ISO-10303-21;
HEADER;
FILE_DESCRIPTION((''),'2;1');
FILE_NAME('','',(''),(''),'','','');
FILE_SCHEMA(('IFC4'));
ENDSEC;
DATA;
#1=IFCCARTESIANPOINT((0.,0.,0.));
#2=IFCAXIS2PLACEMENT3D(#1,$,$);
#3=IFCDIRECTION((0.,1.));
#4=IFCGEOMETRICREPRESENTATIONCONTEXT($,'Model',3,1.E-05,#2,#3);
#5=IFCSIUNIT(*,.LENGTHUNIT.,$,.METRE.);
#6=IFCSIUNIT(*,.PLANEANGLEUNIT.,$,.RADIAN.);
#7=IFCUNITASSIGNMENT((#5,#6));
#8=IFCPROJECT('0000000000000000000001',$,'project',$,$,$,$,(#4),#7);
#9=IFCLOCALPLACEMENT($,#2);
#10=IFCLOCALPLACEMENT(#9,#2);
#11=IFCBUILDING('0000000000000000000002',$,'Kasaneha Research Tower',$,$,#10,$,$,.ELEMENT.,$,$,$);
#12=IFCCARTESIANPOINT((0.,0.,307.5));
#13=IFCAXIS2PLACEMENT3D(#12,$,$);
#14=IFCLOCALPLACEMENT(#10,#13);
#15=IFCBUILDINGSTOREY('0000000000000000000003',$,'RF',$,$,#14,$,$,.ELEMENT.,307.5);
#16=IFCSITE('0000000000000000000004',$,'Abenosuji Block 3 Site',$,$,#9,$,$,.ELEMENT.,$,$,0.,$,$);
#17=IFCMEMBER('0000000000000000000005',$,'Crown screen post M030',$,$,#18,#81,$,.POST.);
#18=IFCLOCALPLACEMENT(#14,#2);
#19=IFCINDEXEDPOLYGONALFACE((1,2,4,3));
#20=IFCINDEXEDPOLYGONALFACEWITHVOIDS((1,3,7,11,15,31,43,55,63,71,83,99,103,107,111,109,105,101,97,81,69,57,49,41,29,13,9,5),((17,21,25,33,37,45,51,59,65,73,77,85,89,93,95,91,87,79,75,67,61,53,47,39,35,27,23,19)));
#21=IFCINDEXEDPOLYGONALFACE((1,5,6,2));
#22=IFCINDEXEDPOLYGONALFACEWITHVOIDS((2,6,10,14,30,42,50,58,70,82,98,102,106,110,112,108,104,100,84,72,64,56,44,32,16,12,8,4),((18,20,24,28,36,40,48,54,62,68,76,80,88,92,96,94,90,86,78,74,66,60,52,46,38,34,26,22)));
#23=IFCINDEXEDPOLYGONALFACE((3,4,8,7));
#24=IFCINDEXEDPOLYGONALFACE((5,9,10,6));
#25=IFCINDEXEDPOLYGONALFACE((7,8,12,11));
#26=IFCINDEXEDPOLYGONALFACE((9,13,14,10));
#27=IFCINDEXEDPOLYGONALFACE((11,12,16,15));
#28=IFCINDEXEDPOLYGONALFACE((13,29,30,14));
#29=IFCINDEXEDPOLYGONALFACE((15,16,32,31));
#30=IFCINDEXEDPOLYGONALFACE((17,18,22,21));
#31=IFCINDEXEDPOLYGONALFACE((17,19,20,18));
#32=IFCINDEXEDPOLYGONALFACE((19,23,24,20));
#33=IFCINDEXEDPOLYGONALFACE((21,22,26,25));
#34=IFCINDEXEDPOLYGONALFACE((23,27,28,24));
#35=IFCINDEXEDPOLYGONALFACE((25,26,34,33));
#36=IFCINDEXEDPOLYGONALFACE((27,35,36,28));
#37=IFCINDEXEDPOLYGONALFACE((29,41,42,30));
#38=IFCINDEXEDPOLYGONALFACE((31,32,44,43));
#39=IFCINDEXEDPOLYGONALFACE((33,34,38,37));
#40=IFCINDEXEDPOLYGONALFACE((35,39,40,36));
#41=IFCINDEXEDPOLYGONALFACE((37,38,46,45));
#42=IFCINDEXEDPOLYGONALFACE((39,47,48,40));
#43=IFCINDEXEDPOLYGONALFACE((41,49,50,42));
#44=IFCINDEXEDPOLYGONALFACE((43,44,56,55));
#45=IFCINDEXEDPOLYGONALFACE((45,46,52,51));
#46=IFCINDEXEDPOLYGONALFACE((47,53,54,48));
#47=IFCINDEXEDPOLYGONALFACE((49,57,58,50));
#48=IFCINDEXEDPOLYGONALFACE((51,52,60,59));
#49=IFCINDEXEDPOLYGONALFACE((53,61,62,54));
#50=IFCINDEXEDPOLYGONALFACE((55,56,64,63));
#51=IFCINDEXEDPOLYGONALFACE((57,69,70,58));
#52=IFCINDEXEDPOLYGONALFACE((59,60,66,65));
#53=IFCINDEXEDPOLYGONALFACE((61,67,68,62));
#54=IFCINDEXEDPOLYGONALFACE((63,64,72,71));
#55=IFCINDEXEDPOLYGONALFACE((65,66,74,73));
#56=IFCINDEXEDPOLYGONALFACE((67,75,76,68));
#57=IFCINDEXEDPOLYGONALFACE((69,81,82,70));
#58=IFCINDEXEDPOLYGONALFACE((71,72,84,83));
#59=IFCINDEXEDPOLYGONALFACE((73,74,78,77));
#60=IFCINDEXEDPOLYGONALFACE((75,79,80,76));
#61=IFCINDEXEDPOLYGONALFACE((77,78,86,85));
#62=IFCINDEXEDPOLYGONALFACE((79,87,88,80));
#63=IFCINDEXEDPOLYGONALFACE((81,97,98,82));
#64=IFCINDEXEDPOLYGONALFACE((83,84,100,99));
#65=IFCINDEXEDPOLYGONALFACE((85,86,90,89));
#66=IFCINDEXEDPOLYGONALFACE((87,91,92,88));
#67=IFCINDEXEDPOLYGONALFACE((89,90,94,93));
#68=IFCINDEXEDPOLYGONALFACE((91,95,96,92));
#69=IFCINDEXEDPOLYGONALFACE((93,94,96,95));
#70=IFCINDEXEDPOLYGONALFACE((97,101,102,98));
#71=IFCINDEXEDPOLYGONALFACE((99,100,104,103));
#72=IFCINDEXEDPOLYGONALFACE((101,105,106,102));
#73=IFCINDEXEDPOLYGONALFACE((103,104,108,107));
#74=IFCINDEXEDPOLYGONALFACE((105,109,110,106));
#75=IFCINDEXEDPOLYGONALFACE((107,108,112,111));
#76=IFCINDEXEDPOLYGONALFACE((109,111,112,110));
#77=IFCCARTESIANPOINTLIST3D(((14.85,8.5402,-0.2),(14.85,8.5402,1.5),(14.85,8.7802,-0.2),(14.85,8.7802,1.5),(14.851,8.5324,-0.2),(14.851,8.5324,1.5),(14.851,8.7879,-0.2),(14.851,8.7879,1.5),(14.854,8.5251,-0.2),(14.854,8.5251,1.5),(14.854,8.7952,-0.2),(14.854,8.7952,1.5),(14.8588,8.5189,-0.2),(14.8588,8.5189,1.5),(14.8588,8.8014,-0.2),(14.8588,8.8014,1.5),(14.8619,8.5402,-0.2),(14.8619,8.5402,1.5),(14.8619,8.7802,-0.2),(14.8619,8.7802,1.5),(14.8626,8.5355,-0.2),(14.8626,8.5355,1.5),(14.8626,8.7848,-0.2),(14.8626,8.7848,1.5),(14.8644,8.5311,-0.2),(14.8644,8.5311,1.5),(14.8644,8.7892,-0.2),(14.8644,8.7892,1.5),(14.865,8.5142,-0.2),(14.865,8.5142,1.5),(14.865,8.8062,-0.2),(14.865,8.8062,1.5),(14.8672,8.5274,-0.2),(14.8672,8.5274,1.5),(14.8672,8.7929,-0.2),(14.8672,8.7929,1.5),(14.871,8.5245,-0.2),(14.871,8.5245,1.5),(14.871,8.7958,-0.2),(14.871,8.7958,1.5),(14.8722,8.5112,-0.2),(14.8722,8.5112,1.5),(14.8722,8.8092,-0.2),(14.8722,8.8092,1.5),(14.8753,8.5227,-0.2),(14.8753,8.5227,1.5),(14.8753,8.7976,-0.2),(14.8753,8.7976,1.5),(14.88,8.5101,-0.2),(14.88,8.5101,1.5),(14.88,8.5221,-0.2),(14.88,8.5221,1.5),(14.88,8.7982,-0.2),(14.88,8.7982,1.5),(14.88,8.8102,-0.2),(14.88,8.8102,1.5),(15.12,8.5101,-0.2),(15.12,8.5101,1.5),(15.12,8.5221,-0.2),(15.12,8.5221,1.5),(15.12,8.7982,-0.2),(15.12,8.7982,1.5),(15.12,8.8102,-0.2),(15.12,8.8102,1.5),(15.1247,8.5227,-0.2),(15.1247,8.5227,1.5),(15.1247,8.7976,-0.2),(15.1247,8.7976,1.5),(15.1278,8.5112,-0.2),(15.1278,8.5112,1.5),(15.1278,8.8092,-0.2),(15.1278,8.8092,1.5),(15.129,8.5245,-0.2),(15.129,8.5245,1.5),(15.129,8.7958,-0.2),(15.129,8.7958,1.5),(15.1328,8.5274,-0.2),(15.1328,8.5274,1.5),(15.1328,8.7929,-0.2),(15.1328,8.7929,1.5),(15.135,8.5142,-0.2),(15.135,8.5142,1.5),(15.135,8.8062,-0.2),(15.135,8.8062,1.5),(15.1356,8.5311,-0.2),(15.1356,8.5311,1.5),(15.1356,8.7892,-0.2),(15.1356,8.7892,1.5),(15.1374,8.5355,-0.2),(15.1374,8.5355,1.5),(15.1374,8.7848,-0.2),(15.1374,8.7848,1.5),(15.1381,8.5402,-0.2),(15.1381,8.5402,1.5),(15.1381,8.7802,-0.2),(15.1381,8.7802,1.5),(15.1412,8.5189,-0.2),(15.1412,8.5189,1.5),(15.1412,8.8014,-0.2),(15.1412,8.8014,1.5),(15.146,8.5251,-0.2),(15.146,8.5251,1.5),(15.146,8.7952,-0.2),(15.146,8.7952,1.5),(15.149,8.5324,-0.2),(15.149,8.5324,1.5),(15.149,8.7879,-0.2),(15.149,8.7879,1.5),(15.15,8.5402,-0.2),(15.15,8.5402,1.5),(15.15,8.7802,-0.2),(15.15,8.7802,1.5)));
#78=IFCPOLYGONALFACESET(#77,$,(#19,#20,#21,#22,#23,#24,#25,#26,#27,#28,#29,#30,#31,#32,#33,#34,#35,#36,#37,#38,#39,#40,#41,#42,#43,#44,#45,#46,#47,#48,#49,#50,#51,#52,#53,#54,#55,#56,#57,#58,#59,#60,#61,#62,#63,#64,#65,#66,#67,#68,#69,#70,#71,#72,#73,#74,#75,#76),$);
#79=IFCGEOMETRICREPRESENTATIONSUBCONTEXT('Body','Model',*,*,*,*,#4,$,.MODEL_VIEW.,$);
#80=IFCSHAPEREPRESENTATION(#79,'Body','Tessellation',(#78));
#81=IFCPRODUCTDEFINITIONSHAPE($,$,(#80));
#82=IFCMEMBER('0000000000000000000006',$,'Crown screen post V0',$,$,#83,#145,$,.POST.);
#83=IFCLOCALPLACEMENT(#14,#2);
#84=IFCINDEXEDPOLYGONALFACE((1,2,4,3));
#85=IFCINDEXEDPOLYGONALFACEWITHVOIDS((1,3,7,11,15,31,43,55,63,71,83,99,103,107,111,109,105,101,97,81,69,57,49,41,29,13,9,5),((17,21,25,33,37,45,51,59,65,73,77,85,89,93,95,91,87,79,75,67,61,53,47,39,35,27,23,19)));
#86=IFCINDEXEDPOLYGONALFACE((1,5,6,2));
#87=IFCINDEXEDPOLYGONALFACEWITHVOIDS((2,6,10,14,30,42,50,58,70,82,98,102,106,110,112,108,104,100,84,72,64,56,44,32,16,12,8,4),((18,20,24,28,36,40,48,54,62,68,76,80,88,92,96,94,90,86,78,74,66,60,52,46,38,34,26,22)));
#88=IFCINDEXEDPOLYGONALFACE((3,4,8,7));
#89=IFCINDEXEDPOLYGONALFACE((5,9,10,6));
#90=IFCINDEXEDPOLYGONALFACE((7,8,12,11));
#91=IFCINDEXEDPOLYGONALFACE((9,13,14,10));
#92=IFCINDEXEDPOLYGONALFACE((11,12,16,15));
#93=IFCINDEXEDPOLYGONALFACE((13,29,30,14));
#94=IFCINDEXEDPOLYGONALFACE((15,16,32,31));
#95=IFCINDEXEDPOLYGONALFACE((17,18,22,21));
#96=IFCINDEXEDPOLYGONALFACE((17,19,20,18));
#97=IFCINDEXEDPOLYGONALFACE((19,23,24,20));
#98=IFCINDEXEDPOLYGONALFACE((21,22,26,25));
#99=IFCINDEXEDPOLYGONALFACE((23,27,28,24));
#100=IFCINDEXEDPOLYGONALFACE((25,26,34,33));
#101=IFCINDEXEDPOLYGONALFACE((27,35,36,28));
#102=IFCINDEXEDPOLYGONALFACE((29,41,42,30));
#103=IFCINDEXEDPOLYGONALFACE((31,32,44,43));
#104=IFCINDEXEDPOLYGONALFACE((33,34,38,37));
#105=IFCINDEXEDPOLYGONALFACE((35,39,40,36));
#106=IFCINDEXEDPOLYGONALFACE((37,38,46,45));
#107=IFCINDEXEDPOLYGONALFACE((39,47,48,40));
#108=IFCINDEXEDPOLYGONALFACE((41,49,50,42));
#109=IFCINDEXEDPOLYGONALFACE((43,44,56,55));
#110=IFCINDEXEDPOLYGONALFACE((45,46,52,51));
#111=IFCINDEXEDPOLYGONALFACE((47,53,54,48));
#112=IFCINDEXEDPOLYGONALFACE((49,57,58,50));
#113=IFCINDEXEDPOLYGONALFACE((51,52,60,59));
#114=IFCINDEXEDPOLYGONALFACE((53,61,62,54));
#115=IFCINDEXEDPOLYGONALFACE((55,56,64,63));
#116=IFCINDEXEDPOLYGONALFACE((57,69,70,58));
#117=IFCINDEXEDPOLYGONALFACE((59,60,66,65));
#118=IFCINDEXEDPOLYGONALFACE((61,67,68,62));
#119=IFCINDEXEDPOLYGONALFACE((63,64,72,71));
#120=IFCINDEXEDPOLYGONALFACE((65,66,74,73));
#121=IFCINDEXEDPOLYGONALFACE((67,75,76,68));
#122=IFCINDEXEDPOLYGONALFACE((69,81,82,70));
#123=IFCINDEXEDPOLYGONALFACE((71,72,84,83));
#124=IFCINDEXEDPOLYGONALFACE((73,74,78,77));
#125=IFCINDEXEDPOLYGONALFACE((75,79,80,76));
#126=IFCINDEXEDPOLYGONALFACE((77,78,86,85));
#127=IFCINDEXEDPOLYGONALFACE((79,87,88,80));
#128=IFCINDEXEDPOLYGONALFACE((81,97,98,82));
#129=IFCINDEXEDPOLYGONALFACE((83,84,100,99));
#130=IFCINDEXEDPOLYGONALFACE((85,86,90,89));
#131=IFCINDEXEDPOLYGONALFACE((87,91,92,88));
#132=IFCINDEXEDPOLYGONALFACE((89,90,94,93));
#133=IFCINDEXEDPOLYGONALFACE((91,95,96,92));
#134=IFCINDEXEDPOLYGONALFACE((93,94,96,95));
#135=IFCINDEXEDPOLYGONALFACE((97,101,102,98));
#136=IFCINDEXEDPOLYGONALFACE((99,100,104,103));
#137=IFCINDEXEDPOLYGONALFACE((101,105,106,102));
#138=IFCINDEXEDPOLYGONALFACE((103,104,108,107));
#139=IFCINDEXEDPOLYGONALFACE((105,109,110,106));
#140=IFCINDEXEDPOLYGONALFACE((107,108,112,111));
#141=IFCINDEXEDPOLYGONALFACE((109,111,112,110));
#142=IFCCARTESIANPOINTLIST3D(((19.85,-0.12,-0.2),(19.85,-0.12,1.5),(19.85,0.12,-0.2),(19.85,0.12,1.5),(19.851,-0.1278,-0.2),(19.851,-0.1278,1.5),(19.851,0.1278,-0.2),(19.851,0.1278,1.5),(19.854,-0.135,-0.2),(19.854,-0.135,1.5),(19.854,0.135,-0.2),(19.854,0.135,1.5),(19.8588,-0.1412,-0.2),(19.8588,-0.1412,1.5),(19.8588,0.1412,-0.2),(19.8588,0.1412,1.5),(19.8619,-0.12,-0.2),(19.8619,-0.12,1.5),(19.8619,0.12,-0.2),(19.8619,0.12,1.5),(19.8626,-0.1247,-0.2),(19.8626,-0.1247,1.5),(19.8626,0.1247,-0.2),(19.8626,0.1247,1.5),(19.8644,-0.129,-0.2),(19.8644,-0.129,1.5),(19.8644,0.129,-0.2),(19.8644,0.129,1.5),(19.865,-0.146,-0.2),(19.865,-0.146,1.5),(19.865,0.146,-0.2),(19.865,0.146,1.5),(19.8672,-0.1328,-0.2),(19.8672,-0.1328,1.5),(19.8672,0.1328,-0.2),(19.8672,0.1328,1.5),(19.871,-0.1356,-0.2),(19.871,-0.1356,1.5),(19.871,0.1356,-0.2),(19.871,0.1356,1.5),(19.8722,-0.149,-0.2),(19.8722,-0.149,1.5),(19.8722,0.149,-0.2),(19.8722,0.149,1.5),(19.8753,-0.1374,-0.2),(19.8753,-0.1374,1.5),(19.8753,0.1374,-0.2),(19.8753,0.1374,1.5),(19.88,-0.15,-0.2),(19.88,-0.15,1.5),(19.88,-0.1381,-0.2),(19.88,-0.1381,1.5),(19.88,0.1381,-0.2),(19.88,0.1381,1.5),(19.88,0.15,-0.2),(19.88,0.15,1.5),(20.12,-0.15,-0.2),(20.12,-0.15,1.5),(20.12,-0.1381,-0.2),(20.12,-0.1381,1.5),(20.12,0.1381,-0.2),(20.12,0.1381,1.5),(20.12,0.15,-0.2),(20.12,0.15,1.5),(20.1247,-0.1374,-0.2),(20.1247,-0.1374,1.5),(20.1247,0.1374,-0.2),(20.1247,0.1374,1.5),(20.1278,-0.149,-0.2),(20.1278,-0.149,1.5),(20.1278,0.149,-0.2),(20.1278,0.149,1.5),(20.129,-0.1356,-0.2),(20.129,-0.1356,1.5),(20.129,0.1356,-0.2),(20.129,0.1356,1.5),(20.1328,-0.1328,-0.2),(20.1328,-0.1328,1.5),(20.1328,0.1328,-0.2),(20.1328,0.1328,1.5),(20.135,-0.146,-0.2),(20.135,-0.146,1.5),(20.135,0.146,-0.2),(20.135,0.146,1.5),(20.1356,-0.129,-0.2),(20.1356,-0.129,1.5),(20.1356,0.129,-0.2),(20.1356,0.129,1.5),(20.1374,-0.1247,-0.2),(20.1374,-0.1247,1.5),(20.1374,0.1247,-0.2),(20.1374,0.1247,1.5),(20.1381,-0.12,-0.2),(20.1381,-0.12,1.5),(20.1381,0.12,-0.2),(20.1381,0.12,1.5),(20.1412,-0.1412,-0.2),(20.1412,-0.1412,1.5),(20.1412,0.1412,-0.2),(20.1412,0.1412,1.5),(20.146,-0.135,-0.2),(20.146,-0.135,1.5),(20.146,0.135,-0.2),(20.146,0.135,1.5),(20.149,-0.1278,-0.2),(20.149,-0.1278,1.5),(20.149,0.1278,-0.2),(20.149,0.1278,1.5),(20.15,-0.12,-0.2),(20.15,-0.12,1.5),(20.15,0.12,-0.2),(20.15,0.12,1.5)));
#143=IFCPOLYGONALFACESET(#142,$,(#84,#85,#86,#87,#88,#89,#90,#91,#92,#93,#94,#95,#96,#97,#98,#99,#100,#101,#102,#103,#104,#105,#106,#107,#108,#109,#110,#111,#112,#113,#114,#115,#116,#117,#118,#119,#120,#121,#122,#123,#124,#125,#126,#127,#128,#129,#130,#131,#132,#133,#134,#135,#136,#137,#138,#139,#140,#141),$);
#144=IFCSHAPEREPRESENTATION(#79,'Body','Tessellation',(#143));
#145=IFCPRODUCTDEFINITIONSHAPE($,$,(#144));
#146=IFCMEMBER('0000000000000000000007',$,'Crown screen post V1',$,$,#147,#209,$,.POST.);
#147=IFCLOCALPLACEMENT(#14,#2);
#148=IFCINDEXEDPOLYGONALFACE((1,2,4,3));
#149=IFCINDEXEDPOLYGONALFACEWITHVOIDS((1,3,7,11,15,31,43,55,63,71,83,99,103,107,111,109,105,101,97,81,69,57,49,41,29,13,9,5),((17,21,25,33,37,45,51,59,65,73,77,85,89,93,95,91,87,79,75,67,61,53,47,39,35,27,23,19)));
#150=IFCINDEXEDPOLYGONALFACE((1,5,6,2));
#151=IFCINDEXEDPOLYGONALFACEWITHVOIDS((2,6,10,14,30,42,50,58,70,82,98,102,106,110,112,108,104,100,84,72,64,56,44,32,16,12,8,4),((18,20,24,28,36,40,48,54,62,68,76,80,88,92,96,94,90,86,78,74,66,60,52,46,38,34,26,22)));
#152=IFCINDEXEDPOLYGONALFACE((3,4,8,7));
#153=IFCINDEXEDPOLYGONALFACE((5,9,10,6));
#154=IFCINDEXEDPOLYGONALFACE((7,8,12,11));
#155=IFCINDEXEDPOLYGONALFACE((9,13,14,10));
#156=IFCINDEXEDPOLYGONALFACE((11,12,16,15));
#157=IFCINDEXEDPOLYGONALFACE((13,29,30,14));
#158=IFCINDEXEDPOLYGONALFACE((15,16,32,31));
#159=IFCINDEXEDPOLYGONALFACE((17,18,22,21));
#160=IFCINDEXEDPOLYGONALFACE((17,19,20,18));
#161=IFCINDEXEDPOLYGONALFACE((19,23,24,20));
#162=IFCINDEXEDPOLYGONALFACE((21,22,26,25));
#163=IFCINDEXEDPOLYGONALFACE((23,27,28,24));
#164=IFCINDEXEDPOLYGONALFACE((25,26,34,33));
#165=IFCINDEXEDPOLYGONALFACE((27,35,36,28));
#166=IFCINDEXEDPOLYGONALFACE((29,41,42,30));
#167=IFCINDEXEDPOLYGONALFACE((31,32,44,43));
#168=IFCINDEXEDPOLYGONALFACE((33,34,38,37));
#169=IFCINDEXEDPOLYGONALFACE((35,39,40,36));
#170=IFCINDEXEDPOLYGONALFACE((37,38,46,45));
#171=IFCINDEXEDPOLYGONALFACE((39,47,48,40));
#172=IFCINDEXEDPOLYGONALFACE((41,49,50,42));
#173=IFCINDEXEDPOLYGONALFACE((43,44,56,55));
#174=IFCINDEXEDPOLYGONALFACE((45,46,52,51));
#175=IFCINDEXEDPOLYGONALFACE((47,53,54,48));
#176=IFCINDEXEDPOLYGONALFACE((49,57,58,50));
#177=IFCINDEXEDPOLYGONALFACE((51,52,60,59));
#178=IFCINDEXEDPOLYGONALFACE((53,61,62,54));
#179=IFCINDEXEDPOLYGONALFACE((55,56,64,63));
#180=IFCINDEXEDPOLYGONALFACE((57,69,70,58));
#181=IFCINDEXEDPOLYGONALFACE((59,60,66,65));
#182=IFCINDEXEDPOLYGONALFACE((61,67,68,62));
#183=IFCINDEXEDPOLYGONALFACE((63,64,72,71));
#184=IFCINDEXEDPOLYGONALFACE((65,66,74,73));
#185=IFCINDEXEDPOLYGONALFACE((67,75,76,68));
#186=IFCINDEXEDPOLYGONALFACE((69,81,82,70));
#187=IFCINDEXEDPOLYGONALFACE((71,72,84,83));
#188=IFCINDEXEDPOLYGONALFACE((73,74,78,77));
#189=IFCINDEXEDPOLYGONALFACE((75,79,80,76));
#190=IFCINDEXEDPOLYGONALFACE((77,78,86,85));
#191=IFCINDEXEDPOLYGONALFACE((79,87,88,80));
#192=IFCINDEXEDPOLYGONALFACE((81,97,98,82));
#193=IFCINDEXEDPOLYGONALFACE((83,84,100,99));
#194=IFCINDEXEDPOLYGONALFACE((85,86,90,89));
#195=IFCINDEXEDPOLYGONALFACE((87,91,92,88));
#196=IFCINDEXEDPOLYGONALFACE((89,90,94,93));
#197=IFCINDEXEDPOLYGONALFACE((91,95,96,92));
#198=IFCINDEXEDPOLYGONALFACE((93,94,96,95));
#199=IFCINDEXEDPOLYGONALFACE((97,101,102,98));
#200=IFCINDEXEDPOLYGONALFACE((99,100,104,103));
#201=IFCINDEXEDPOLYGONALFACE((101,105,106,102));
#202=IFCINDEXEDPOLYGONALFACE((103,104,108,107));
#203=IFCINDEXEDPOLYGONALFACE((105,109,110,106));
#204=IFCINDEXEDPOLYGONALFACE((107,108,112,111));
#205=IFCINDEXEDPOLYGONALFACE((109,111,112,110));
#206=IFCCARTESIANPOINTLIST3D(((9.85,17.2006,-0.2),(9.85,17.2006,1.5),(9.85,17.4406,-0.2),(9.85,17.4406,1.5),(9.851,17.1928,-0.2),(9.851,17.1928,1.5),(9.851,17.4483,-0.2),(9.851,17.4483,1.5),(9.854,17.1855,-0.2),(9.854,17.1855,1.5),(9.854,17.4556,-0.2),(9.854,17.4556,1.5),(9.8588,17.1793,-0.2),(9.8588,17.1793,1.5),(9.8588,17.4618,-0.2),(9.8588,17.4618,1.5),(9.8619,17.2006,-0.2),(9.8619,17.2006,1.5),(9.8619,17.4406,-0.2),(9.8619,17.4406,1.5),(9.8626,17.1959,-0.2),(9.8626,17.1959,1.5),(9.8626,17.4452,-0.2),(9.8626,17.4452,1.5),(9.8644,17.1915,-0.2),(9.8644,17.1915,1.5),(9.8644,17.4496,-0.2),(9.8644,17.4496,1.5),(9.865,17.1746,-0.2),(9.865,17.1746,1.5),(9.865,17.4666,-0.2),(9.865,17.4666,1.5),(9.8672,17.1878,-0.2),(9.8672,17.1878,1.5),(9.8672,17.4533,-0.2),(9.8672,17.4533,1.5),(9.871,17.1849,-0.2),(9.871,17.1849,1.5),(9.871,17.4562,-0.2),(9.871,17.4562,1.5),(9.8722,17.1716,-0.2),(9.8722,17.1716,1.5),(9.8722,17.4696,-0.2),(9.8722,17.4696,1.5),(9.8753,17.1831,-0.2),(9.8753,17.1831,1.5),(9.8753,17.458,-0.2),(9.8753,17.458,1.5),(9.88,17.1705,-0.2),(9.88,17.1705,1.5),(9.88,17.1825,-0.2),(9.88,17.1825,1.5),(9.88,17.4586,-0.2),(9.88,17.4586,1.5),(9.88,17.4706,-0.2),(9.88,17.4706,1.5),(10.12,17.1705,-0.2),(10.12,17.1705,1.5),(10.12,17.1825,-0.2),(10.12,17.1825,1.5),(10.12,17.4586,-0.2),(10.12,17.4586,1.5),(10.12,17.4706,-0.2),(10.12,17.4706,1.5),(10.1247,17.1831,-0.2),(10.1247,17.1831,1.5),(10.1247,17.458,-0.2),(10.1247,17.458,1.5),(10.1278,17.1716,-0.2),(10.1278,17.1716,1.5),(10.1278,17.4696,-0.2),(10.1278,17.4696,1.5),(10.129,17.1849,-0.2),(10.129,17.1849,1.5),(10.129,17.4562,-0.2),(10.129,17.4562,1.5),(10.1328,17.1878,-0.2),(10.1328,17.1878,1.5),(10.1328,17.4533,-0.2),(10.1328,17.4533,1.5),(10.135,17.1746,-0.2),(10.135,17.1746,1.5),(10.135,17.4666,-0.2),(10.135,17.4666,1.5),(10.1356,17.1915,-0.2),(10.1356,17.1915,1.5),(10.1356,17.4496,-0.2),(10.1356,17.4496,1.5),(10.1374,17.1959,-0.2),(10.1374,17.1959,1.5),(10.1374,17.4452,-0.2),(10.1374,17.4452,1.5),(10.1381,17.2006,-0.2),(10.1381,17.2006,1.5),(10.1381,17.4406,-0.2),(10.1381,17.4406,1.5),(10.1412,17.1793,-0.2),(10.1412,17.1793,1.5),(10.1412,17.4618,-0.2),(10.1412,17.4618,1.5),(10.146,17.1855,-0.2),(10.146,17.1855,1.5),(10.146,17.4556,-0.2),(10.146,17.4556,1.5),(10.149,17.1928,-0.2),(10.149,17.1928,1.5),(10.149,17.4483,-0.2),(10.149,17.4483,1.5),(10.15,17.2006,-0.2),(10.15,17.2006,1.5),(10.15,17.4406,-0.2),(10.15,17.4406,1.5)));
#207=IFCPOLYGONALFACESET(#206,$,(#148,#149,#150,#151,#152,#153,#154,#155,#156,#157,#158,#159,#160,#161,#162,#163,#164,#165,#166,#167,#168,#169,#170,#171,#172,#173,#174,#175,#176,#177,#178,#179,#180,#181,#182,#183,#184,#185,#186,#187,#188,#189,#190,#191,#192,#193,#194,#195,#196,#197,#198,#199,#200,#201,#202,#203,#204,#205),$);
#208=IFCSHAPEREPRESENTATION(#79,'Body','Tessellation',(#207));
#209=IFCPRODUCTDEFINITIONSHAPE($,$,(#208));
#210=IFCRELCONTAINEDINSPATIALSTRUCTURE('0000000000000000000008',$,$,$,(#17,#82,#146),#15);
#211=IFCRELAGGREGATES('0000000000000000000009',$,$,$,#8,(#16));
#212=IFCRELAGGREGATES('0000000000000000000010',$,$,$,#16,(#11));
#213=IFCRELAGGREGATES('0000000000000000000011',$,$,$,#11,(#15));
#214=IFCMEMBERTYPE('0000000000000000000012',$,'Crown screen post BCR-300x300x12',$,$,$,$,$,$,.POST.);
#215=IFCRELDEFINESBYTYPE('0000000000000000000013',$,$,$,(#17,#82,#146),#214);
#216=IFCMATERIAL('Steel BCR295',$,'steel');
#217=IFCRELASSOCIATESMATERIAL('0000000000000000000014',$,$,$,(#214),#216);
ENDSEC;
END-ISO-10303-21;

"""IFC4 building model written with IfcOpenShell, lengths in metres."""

from ifc_helpers import new_model, si_unit, direction, frame, origin, origin_2d, place, context, subcontext, project, spatial, hollow_rectangle, extrude, material, material_profile, profile_set, type_object, element, save


model = new_model("IFC4")

# Units and contexts
model_context = context("Model", 3, precision=1e-05, world=origin(), true_north=direction((0.0, 1.0)))
body_context = subcontext(model_context, "Body", "Model", "MODEL_VIEW")
ifc_project = project(units=[si_unit("LENGTHUNIT", "METRE"), si_unit("PLANEANGLEUNIT", "RADIAN")], contexts=[model_context])

# Site, building, storey
site_placement = place(None, origin())
site = spatial("IfcSite", under=ifc_project, at=site_placement, Name="Abenosuji Block 3 Site", CompositionType="ELEMENT", RefElevation=0.0)
building_placement = place(site_placement, origin())
building = spatial("IfcBuilding", under=site, at=building_placement, Name="Kasaneha Research Tower", CompositionType="ELEMENT")
storey_placement = place(building_placement, frame((0.0, 0.0, 307.5)))
storey = spatial("IfcBuildingStorey", under=building, at=storey_placement, Name="RF", CompositionType="ELEMENT", Elevation=307.5)

# Members
ifc_material_1 = material(Name="Steel BCR295", Category="steel")
ifc_material_profile_1 = material_profile(ifc_material_1, hollow_rectangle(XDim=0.3, YDim=0.3, WallThickness=0.012, InnerFilletRadius=0.0181, OuterFilletRadius=0.03, at=origin_2d()), Name="BCR-300x300x12")
ifc_profile_set_1 = profile_set([ifc_material_profile_1], Name="Steel BCR295")
member_type = type_object("IfcMemberType", Name="Crown screen post BCR-300x300x12", PredefinedType="POST", material=ifc_profile_set_1)
for number, where, z_axis, x_axis, name in (
    (1, (15.0, 8.6602, -0.2), (0.0, 0.0, 1.0), (1.0, 0.0, 0.0), "Crown screen post M030"),
    (2, (20.0, 0.0, -0.2), (0.0, 0.0, 1.0), (1.0, 0.0, 0.0), "Crown screen post V0"),
    (3, (10.0, 17.3206, -0.2), (0.0, 0.0, 1.0), (1.0, 0.0, 0.0), "Crown screen post V1"),
):
    element("IfcMember", number, at=place(storey_placement, frame(where, z_axis=z_axis, x_axis=x_axis)), inside=storey, type_object=member_type, Name=name, PredefinedType="POST", context=body_context, shape_type="SweptSolid", body=[
        extrude(hollow_rectangle(XDim=0.3, YDim=0.3, WallThickness=0.012, InnerFilletRadius=0.0181, OuterFilletRadius=0.03, at=origin_2d()), origin(), (0.0, 0.0, 1.0), 1.7),
    ])

save(model, "model.ifc")
